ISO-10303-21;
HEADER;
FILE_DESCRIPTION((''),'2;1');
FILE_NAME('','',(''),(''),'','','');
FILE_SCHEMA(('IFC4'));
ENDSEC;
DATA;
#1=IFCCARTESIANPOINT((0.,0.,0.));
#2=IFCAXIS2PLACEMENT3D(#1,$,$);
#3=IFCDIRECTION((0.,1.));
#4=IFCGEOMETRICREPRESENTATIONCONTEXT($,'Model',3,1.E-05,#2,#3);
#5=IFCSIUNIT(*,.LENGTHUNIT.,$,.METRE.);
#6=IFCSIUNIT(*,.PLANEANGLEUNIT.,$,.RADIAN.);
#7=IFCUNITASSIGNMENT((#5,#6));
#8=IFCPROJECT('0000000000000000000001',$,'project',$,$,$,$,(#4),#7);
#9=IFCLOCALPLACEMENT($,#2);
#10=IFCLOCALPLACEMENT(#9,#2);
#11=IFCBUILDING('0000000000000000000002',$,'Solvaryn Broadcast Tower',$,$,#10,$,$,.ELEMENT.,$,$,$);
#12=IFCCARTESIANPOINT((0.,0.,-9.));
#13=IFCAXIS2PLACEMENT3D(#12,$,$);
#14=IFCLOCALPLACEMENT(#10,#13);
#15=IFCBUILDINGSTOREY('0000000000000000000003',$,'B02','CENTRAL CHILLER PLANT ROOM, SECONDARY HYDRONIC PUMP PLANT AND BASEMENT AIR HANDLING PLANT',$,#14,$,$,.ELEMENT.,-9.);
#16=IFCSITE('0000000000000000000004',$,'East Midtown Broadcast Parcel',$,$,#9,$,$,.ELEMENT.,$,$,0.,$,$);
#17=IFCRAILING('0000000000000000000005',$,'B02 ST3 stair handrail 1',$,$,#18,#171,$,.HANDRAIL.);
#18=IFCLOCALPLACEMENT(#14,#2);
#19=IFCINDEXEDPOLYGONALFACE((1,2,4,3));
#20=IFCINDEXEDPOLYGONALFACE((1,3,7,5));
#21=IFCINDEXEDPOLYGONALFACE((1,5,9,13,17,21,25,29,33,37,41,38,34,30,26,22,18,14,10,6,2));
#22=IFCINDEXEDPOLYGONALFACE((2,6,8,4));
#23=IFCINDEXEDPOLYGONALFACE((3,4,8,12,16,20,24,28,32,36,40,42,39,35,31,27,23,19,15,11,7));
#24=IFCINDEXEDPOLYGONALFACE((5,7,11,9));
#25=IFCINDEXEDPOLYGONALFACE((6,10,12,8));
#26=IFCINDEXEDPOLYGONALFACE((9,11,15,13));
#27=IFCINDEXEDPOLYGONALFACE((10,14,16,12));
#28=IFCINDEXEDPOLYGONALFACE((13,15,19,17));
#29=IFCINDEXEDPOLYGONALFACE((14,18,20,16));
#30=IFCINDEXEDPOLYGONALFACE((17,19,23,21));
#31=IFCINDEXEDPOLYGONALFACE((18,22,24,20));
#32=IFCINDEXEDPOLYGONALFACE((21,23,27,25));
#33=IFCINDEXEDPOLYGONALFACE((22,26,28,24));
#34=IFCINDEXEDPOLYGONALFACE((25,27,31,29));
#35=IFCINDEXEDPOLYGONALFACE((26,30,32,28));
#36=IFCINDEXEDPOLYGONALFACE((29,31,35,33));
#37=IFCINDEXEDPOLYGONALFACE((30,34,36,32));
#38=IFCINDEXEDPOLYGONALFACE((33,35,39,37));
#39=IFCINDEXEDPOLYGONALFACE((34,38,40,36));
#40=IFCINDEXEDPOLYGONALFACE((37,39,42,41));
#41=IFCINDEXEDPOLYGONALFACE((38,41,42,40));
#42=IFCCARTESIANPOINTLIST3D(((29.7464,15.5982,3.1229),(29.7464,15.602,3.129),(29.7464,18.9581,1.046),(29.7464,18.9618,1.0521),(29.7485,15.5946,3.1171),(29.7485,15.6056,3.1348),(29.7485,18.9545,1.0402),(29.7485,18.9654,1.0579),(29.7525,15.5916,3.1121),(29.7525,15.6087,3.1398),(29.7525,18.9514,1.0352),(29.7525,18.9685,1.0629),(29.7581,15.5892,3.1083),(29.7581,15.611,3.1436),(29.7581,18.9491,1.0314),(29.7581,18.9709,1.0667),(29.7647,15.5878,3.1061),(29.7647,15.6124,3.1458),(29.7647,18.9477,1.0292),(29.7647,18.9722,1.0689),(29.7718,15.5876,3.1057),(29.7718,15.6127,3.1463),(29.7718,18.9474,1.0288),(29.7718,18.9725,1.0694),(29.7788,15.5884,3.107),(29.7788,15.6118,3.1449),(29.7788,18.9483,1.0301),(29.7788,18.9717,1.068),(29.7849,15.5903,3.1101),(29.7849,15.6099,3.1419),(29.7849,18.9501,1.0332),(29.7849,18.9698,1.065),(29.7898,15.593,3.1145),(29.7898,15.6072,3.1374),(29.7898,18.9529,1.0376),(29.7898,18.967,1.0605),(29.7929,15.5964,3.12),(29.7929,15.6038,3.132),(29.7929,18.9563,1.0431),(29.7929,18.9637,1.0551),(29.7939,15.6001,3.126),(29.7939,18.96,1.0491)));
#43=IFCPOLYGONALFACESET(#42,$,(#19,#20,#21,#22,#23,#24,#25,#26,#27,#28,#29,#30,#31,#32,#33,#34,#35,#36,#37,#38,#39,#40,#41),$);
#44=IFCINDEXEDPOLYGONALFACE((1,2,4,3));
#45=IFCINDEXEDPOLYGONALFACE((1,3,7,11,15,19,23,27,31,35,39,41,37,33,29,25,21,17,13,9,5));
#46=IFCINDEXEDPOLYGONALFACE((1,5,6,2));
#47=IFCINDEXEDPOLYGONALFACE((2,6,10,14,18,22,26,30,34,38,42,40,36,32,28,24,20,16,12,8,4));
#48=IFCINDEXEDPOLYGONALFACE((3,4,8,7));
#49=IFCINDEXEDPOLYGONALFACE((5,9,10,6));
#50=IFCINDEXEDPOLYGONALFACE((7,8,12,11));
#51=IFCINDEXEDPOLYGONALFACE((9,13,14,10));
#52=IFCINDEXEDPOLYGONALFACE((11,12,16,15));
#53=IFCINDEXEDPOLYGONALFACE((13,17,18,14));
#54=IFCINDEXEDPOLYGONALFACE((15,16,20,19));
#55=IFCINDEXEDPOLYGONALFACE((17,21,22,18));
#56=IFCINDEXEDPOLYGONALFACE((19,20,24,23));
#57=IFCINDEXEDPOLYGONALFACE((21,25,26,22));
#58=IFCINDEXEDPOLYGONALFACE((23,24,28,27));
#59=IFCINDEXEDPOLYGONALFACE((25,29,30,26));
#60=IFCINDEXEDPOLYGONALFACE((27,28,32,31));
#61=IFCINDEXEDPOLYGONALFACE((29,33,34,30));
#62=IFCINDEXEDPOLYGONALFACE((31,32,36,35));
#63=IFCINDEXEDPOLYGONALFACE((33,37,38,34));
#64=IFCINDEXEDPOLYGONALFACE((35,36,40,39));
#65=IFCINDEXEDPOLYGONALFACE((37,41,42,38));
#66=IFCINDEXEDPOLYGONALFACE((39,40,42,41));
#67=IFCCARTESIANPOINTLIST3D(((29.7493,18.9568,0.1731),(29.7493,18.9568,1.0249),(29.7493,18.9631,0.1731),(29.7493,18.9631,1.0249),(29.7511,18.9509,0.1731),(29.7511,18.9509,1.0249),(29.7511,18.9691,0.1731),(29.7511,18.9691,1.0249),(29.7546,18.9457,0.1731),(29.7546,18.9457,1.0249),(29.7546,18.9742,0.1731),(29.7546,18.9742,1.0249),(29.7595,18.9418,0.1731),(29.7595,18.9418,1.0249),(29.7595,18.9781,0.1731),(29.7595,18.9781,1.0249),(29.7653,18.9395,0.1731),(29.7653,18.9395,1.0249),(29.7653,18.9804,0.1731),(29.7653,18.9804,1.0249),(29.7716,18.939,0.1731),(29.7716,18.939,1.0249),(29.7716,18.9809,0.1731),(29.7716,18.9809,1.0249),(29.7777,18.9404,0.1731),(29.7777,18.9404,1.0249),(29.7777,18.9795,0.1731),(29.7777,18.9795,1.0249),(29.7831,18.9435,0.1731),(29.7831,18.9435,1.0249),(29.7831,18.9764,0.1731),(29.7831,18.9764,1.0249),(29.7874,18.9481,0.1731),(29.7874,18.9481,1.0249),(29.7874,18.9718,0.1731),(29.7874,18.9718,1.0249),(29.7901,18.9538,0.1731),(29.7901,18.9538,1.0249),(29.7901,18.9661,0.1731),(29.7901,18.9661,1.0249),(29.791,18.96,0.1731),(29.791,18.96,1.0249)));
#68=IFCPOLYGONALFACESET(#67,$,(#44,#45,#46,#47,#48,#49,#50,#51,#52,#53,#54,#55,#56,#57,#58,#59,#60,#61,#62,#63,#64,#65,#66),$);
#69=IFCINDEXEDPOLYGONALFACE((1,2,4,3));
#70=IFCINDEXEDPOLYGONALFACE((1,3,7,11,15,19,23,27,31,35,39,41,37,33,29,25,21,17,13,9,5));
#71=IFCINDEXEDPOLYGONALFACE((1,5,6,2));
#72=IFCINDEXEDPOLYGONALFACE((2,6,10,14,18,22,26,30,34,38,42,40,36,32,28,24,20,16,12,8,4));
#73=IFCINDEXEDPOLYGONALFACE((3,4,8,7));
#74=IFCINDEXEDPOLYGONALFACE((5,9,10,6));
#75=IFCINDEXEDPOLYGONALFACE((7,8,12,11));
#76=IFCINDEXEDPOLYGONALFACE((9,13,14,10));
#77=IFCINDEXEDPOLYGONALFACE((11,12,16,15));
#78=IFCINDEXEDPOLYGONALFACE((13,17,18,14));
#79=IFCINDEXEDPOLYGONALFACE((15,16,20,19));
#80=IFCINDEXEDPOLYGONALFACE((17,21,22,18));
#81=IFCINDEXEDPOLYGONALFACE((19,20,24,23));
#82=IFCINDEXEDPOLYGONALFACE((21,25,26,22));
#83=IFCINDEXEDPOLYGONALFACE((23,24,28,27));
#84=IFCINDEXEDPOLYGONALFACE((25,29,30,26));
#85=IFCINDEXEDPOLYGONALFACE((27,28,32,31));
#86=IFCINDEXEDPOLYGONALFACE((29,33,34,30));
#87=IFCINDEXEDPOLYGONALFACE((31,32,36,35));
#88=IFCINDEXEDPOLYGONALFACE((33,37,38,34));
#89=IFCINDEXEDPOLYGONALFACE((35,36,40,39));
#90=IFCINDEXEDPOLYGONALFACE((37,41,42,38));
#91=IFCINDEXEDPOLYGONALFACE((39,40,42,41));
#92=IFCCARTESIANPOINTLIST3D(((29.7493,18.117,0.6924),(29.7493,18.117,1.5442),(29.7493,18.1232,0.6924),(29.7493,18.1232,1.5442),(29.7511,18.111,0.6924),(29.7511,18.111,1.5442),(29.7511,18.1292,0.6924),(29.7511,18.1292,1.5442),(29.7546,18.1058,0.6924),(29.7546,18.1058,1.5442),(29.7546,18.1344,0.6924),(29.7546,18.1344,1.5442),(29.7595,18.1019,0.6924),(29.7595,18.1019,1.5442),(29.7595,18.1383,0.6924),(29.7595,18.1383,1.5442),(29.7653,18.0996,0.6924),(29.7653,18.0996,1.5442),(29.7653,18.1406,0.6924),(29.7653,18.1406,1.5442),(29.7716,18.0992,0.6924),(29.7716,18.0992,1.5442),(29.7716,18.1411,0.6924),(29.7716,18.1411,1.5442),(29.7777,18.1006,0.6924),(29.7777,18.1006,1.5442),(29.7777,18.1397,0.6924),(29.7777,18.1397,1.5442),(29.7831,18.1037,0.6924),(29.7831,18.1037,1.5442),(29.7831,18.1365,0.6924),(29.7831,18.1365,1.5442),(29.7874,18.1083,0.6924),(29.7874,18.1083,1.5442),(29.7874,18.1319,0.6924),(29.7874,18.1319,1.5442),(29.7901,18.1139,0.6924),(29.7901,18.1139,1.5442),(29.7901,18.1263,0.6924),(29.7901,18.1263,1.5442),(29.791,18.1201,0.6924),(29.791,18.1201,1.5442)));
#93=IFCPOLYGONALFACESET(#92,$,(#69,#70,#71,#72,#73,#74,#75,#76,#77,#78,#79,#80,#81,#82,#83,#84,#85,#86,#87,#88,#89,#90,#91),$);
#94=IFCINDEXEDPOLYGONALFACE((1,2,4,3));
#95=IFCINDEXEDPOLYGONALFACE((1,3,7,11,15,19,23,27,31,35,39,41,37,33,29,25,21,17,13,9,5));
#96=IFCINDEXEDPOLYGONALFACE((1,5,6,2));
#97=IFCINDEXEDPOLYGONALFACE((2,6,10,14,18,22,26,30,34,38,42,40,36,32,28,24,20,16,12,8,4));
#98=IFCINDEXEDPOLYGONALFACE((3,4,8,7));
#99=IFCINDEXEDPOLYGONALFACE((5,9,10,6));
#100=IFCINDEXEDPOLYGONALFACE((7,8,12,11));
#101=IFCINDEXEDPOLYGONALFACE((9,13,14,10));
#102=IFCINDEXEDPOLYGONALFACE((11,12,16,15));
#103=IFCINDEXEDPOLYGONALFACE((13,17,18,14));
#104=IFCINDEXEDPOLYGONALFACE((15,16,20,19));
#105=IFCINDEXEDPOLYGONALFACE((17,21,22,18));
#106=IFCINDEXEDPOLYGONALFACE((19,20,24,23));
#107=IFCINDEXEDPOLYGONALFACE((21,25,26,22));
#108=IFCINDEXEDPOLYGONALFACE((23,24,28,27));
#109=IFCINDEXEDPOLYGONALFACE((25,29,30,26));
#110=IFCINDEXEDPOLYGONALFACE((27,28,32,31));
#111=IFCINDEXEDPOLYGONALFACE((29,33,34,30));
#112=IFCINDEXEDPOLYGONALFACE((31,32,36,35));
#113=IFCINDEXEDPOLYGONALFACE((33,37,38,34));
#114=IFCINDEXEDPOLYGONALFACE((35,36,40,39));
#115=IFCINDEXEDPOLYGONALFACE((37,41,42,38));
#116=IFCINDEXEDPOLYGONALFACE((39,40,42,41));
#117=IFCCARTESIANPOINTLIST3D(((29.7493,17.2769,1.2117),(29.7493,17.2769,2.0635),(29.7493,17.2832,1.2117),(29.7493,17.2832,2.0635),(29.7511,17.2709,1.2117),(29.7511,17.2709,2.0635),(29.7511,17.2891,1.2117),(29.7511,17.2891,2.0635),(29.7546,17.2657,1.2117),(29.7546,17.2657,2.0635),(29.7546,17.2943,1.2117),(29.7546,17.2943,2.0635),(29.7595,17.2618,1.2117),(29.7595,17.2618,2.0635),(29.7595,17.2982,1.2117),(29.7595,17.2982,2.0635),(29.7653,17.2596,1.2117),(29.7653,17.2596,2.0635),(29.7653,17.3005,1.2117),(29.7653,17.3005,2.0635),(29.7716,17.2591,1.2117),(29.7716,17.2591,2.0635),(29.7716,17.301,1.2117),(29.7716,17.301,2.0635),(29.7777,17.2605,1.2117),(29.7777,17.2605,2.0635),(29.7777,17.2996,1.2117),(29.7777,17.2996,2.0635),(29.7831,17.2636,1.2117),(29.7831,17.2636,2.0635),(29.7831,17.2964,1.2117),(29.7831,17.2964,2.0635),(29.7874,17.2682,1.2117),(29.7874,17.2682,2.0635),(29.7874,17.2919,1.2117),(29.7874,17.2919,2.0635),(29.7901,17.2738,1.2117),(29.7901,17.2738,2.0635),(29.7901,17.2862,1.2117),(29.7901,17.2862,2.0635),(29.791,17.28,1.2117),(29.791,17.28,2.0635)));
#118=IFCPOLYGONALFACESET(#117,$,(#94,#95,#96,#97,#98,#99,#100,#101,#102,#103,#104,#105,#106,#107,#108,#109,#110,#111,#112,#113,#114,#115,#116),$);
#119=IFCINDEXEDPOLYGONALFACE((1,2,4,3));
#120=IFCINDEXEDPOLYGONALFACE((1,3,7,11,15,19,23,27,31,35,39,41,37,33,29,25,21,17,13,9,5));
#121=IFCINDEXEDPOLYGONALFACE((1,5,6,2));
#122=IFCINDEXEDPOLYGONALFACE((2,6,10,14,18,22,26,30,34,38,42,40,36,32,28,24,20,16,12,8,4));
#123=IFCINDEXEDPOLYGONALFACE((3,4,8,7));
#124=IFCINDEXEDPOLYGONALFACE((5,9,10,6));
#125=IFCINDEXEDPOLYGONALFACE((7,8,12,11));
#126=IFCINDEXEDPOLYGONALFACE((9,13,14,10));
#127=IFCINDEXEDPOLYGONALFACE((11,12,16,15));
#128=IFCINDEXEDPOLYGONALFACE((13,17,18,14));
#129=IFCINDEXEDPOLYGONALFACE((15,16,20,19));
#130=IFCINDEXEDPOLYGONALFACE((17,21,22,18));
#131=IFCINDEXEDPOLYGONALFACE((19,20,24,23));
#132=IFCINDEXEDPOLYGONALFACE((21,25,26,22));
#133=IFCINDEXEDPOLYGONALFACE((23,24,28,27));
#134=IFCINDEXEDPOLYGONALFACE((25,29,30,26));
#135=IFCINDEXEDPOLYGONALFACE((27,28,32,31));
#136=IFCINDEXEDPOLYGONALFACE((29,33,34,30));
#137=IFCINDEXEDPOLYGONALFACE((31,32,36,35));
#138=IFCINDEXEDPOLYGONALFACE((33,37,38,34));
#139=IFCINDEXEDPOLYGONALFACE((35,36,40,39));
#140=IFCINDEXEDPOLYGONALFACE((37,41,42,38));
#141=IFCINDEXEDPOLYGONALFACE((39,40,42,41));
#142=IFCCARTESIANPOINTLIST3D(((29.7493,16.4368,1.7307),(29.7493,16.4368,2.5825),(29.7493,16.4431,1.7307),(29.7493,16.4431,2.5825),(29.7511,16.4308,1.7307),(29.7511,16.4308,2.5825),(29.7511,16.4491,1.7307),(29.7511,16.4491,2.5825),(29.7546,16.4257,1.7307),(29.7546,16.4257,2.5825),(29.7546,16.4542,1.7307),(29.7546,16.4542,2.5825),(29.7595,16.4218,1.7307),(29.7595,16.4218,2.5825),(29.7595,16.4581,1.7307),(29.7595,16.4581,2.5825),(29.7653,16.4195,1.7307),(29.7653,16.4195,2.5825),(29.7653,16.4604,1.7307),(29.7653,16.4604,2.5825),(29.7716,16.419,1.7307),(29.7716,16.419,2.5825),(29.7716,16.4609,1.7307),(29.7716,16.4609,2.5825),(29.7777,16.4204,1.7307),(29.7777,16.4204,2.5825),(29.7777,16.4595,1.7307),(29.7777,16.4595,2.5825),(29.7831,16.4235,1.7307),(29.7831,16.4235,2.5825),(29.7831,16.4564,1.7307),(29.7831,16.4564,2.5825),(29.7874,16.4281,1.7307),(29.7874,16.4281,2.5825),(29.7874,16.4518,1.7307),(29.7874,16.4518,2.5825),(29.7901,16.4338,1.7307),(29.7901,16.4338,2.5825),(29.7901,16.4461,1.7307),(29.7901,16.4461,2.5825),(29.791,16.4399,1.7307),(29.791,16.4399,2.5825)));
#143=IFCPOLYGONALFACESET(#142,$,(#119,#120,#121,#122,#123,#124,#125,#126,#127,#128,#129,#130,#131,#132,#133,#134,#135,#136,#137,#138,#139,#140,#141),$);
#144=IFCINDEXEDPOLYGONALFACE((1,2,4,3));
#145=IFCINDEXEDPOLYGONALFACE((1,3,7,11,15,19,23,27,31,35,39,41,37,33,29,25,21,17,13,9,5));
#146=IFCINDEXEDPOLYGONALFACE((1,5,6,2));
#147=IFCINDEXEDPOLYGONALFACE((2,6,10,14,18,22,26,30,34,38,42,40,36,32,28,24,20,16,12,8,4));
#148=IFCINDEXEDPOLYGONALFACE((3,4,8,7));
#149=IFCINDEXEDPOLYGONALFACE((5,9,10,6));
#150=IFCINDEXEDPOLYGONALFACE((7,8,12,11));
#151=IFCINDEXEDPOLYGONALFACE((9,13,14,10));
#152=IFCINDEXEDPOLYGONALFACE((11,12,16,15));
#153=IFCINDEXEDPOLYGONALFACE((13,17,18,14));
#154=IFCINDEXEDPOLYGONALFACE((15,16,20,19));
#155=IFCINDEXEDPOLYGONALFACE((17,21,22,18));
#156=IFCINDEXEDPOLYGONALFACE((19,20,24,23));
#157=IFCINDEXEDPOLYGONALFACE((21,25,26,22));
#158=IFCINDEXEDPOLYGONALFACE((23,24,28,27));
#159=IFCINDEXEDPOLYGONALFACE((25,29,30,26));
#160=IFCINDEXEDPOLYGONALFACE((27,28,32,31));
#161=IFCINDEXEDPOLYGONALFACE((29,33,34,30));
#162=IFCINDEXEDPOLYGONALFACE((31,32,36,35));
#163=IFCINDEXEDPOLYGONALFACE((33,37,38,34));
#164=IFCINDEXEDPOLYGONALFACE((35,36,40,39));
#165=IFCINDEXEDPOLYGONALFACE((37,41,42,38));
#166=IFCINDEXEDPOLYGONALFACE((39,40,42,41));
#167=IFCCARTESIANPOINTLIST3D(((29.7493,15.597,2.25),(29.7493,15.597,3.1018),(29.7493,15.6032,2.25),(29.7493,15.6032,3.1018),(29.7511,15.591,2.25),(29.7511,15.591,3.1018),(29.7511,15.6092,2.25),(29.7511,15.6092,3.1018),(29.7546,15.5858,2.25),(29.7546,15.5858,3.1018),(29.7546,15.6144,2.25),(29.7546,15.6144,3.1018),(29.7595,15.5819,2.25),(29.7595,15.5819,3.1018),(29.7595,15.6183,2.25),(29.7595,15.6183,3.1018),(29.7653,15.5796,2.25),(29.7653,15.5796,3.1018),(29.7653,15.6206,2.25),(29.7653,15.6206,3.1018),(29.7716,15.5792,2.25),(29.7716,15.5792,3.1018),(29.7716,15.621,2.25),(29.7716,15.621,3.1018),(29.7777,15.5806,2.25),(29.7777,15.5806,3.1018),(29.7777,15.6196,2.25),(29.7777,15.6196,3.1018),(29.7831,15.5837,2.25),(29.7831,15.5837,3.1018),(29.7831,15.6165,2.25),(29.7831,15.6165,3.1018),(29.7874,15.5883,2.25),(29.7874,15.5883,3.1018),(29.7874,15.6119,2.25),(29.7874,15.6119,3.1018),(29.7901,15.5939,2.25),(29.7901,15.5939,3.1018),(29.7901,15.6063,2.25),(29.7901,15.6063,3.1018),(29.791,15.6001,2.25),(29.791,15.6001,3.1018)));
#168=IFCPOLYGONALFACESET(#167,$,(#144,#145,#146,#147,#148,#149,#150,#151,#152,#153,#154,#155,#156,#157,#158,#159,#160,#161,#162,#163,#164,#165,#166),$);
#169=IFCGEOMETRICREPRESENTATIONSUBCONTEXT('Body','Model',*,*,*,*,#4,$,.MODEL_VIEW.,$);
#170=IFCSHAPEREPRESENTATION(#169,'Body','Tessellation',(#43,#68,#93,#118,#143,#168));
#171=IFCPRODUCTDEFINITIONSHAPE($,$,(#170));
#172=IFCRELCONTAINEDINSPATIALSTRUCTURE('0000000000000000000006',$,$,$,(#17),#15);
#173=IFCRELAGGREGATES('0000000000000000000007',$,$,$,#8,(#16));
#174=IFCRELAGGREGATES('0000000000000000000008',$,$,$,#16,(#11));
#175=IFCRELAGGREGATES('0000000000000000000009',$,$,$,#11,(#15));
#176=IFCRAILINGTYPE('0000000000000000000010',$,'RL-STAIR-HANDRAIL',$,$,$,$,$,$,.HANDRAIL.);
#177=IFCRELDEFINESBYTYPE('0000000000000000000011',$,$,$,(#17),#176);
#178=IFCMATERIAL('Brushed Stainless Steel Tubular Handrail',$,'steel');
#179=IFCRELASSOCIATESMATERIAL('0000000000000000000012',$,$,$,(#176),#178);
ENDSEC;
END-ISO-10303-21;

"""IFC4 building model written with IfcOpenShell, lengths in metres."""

from ifc_helpers import new_model, si_unit, direction, frame, origin, origin_2d, place, context, subcontext, project, spatial, circle, extrude, material, type_object, element, save


model = new_model("IFC4")

# Units and contexts
model_context = context("Model", 3, precision=1e-05, world=origin(), true_north=direction((0.0, 1.0)))
body_context = subcontext(model_context, "Body", "Model", "MODEL_VIEW")
ifc_project = project(units=[si_unit("LENGTHUNIT", "METRE"), si_unit("PLANEANGLEUNIT", "RADIAN")], contexts=[model_context])

# Site, building, storey
site_placement = place(None, origin())
site = spatial("IfcSite", under=ifc_project, at=site_placement, Name="East Midtown Broadcast Parcel", CompositionType="ELEMENT", RefElevation=0.0)
building_placement = place(site_placement, origin())
building = spatial("IfcBuilding", under=site, at=building_placement, Name="Solvaryn Broadcast Tower", CompositionType="ELEMENT")
storey_placement = place(building_placement, frame((0.0, 0.0, -9.0)))
storey = spatial("IfcBuildingStorey", under=building, at=storey_placement, Name="B02", Description="CENTRAL CHILLER PLANT ROOM, SECONDARY HYDRONIC PUMP PLANT AND BASEMENT AIR HANDLING PLANT", CompositionType="ELEMENT", Elevation=-9.0)

# Railing
ifc_material_1 = material(Name="Brushed Stainless Steel Tubular Handrail", Category="steel")
railing_type_1 = type_object("IfcRailingType", Name="RL-STAIR-HANDRAIL", PredefinedType="HANDRAIL", material=ifc_material_1)
railing_1_placement = place(storey_placement, frame((29.77, 18.96, 0.1731)))
element("IfcRailing", 1, at=railing_1_placement, inside=storey, type_object=railing_type_1, Name="B02 ST3 stair handrail 1", PredefinedType="HANDRAIL", context=body_context, shape_type="SweptSolid", body=[
    extrude(circle(Radius=0.0239, at=origin_2d()), frame((0.0, 0.0, 0.876), z_axis=(0.0, -0.850606, 0.525803), x_axis=(1.0, 0.0, 0.0)), (0.0, 0.0, 1.0), 3.95),
    extrude(circle(Radius=0.021, at=origin_2d()), origin(), (0.0, 0.0, 1.0), 0.8518),
    extrude(circle(Radius=0.021, at=origin_2d()), frame((0.0, -0.8398, 0.5193)), (0.0, 0.0, 1.0), 0.8518),
    extrude(circle(Radius=0.021, at=origin_2d()), frame((0.0, -1.6799, 1.0386)), (0.0, 0.0, 1.0), 0.8518),
    extrude(circle(Radius=0.021, at=origin_2d()), frame((0.0, -2.52, 1.5576)), (0.0, 0.0, 1.0), 0.8518),
    extrude(circle(Radius=0.021, at=origin_2d()), frame((0.0, -3.3599, 2.0769)), (0.0, 0.0, 1.0), 0.8518),
])

save(model, "model.ifc")
